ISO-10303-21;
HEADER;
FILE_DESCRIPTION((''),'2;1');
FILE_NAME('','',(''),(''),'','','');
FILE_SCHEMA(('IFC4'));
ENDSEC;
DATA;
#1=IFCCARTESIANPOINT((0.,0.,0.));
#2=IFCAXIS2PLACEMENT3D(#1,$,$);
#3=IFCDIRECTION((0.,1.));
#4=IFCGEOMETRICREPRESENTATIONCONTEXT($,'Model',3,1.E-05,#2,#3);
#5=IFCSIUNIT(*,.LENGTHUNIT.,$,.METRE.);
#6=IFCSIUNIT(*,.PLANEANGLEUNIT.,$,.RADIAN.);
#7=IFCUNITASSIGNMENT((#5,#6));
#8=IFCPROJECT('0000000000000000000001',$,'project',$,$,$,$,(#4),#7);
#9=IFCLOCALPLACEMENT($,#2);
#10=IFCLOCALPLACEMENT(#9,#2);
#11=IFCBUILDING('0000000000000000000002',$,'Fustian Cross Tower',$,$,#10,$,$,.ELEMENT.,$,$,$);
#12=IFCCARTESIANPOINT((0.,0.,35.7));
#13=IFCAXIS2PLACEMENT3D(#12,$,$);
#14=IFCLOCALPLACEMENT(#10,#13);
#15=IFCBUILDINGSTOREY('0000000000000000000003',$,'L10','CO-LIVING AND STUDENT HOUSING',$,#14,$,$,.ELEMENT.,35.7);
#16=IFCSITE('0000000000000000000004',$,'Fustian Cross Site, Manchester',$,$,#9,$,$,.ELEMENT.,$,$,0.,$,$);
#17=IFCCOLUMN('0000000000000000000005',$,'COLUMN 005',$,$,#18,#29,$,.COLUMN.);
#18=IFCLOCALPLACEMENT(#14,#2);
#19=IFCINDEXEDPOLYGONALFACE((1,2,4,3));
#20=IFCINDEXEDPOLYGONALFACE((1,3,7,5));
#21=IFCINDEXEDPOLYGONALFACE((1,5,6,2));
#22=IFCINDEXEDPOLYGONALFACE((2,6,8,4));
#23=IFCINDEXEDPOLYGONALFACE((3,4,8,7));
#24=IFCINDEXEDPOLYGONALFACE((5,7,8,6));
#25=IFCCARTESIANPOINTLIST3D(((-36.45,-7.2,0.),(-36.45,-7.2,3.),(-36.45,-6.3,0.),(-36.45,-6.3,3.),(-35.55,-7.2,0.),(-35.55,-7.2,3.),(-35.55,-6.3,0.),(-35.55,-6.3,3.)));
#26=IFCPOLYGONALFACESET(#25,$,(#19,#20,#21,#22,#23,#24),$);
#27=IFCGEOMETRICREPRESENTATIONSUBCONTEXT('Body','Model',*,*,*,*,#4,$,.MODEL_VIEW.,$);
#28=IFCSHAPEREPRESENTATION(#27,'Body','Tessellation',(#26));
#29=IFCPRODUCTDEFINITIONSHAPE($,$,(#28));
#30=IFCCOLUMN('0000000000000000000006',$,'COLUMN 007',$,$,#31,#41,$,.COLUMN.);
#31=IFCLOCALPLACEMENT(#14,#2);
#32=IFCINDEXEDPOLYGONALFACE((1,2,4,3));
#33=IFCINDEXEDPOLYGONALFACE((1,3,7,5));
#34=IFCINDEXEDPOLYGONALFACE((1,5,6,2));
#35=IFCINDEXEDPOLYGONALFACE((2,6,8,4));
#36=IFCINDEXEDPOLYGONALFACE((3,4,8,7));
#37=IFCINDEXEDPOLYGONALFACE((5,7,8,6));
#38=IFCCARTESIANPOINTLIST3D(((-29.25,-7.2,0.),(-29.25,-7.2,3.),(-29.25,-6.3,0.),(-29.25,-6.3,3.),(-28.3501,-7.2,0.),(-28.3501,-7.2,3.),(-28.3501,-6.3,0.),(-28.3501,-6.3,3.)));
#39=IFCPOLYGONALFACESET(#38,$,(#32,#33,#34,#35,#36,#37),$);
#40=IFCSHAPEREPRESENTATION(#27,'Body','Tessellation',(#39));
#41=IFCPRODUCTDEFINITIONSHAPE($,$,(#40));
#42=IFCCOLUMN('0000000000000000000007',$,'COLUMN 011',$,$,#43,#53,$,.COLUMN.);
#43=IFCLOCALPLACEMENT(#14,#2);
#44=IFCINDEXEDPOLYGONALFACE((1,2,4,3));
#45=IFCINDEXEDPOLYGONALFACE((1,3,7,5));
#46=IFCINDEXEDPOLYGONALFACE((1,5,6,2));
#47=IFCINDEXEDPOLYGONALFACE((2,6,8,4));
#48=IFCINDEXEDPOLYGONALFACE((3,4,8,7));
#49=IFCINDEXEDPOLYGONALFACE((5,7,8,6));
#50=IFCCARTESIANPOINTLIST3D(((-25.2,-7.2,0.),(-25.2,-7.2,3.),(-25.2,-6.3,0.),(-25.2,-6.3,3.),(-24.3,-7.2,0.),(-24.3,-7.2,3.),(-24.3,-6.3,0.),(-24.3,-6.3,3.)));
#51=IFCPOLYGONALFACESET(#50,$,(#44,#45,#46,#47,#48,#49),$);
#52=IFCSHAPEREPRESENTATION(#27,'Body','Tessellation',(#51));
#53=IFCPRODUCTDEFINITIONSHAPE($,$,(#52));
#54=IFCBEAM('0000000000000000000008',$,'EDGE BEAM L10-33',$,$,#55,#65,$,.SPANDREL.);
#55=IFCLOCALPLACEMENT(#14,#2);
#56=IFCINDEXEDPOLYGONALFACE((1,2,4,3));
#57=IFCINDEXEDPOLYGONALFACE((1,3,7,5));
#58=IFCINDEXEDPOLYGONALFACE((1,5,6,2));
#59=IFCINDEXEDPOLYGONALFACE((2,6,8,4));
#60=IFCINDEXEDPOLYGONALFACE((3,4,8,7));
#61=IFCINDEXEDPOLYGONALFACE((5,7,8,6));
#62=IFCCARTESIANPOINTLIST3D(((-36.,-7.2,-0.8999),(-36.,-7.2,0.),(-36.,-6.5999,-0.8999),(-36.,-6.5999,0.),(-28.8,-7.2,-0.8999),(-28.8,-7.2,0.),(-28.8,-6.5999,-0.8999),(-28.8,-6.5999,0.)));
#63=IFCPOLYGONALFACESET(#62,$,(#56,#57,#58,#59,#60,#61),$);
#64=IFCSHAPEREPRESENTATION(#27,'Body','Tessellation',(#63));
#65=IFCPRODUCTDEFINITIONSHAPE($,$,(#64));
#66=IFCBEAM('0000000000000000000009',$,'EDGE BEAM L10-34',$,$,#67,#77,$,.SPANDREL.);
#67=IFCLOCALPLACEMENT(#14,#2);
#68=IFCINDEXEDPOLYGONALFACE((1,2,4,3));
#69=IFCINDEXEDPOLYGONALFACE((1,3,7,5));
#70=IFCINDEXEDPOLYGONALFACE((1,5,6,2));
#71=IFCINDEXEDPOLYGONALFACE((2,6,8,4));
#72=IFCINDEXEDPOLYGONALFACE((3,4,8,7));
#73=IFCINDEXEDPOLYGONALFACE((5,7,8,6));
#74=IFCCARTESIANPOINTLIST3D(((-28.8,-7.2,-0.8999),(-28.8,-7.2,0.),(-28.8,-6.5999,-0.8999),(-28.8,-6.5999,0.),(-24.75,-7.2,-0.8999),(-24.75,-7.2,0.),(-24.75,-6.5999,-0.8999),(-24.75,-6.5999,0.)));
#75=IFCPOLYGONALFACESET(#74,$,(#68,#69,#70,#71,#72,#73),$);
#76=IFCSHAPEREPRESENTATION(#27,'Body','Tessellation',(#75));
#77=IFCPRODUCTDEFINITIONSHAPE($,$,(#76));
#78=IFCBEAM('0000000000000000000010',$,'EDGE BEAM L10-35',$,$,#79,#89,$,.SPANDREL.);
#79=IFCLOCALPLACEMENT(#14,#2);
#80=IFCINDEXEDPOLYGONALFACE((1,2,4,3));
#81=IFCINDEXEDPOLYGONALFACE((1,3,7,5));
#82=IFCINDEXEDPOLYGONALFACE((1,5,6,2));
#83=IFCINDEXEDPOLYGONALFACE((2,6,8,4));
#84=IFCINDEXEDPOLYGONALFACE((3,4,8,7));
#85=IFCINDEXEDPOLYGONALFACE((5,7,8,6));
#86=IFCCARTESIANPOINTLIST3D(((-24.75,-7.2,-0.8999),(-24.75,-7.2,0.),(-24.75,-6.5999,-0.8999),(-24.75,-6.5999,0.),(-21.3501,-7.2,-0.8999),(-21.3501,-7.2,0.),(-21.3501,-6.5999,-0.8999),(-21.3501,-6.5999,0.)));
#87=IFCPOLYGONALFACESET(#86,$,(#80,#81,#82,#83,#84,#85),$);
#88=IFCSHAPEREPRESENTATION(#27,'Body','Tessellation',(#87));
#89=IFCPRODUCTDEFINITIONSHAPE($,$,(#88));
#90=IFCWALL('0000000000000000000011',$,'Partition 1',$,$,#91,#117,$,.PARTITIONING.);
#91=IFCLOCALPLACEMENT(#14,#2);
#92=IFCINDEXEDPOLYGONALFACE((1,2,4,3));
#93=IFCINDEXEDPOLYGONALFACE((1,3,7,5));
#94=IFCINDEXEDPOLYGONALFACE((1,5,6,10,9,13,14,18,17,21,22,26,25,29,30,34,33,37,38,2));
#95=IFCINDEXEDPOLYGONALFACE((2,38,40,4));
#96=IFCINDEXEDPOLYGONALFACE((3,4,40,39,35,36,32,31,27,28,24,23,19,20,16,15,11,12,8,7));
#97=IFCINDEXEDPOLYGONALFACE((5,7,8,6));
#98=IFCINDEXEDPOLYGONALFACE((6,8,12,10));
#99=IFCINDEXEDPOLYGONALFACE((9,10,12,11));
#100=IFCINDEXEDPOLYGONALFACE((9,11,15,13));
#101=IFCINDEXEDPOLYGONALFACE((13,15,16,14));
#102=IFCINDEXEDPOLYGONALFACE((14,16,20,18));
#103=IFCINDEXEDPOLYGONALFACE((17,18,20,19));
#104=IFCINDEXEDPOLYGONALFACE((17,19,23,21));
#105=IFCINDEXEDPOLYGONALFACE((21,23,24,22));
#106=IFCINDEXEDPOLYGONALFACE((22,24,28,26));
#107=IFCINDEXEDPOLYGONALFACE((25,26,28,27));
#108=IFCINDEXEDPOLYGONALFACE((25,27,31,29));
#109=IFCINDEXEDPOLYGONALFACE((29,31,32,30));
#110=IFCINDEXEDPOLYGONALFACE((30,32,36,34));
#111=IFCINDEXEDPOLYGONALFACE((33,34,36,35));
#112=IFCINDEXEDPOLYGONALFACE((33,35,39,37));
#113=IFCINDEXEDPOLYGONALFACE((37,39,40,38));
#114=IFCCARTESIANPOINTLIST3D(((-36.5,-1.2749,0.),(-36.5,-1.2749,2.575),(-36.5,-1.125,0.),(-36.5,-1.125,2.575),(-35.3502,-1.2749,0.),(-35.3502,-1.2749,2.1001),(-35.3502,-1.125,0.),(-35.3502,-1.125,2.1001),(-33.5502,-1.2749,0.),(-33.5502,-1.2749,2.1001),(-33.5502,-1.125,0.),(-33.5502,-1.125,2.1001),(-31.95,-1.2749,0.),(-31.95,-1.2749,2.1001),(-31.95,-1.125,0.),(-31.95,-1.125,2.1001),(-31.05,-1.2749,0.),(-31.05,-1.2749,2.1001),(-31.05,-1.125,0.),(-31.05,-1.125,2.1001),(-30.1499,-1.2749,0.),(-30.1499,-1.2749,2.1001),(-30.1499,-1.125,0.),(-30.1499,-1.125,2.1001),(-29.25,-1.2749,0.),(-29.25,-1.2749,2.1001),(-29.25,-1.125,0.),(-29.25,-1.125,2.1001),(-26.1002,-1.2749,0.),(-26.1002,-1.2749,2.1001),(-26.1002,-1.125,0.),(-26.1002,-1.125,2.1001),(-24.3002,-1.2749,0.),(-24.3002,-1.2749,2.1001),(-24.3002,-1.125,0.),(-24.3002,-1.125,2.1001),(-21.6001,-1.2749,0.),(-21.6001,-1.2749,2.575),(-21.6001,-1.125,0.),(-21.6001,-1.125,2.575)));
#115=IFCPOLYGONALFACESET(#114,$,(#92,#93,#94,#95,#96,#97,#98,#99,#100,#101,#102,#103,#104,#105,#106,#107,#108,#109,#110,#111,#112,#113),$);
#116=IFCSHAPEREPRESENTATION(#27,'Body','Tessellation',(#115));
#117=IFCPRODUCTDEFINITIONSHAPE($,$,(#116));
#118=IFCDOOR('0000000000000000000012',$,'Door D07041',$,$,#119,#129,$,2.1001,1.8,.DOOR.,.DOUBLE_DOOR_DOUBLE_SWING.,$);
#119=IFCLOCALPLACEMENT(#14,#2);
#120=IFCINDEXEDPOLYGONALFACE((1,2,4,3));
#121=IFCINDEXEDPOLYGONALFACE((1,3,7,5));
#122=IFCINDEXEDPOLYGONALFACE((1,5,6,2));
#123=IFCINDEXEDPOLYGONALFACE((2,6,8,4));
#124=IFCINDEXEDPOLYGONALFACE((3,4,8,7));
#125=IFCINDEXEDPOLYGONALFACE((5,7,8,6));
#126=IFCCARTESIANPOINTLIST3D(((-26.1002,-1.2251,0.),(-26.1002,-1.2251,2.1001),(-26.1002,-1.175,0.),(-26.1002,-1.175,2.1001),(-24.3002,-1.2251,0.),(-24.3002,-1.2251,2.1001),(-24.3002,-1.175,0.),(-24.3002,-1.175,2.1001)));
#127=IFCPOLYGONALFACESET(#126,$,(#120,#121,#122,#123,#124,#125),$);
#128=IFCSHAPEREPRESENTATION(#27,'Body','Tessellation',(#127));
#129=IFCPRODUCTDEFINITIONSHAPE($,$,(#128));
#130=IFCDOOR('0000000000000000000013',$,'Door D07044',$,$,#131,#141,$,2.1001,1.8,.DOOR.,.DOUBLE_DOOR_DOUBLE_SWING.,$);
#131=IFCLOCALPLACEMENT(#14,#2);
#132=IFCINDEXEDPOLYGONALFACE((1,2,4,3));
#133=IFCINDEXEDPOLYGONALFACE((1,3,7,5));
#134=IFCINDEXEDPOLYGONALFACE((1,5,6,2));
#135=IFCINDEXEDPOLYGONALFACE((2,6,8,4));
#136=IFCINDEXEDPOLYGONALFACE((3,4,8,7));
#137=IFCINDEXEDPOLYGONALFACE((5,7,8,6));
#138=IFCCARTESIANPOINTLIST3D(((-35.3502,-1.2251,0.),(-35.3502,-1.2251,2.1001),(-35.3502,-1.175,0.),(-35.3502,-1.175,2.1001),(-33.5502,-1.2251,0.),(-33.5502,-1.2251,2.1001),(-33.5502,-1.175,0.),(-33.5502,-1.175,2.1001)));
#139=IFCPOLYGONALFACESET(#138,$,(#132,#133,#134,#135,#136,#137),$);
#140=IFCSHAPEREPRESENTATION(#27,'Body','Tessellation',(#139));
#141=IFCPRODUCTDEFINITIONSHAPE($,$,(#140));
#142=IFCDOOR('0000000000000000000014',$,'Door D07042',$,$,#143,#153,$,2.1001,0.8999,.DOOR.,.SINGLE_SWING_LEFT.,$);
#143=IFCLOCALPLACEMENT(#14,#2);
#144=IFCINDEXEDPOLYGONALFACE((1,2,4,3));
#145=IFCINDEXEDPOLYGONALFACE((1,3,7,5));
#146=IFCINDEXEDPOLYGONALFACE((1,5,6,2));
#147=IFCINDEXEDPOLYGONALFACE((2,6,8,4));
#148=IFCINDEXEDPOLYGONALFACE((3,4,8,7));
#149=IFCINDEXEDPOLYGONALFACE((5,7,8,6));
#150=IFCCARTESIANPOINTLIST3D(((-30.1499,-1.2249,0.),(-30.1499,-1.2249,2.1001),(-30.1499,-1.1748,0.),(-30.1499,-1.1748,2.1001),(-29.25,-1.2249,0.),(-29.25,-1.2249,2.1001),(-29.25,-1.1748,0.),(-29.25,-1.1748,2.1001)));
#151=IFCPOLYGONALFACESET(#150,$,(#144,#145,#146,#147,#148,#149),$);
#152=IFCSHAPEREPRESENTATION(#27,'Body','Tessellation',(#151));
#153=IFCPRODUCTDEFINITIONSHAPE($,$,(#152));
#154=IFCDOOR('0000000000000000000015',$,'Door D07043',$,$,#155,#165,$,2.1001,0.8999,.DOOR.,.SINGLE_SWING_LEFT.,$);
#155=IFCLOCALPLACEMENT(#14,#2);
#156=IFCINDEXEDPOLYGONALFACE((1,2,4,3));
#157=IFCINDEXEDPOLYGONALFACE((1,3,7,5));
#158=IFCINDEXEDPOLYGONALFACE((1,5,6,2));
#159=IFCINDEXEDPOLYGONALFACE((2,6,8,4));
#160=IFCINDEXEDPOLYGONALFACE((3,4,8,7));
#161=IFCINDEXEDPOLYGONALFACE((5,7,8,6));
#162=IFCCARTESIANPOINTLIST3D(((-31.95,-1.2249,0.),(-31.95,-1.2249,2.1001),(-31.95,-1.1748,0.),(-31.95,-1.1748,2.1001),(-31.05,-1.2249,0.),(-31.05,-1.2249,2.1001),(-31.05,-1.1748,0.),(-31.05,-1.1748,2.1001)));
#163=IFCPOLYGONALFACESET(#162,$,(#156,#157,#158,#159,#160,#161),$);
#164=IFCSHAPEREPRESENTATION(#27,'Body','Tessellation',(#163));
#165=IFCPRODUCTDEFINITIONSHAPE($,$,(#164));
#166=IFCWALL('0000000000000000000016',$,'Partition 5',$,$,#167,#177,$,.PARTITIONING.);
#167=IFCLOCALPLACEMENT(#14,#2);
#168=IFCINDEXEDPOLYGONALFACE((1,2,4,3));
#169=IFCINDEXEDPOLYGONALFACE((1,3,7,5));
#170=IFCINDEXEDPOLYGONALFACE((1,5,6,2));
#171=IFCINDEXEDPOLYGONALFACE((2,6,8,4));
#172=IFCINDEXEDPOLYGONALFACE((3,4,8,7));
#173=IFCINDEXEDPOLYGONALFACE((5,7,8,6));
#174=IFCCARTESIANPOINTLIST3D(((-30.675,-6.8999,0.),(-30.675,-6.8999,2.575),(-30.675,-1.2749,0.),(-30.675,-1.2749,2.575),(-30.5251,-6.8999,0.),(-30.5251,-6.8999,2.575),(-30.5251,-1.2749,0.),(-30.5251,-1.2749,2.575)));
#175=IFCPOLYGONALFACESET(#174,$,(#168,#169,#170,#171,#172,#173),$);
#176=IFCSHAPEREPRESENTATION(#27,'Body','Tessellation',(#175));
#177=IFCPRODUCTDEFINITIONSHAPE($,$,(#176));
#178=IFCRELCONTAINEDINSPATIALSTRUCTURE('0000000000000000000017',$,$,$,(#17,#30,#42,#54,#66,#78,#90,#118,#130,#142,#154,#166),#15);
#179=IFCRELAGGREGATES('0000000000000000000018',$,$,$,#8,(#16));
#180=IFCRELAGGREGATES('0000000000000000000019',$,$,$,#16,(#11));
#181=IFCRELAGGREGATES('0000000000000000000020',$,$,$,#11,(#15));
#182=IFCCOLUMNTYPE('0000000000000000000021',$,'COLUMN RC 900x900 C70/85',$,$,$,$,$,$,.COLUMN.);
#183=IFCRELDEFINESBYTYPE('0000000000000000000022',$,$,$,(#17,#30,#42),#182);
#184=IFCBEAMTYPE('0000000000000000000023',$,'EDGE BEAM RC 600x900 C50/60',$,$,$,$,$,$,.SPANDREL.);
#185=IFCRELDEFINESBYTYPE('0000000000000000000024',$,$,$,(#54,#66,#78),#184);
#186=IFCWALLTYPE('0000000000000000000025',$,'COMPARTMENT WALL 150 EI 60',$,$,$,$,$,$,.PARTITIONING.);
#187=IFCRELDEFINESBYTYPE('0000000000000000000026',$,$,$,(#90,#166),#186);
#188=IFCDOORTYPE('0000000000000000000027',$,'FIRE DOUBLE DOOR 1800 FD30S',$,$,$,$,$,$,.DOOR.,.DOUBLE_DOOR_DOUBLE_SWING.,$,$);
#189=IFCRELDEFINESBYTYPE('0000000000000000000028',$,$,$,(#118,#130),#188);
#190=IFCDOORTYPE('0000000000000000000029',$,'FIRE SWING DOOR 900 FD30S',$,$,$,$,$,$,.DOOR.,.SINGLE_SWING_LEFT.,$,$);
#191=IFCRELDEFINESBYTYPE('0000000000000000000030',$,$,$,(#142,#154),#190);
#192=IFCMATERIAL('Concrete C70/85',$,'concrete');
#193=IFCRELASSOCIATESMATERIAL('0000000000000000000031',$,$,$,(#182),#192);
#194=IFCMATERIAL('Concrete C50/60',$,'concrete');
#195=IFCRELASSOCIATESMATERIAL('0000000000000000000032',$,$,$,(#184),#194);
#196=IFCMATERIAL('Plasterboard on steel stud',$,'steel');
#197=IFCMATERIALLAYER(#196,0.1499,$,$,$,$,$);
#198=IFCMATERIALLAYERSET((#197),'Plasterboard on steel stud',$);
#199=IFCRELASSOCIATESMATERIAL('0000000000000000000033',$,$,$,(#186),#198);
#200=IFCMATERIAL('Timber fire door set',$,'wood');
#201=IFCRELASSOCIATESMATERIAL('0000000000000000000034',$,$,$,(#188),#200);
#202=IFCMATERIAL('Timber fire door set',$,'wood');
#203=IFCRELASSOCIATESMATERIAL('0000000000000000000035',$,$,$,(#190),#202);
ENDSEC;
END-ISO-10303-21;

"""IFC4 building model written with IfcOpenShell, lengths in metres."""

from ifc_helpers import new_model, si_unit, direction, frame, frame_2d, origin, origin_2d, place, context, subcontext, project, spatial, rectangle, extrude, material, layer, layer_set, material_profile, profile_set, type_object, element, fill, save


model = new_model("IFC4")

# Units and contexts
model_context = context("Model", 3, precision=1e-05, world=origin(), true_north=direction((0.0, 1.0)))
body_context = subcontext(model_context, "Body", "Model", "MODEL_VIEW")
ifc_project = project(units=[si_unit("LENGTHUNIT", "METRE"), si_unit("PLANEANGLEUNIT", "RADIAN")], contexts=[model_context])

# Site, building, storey
site_placement = place(None, origin())
site = spatial("IfcSite", under=ifc_project, at=site_placement, Name="Fustian Cross Site, Manchester", CompositionType="ELEMENT", RefElevation=0.0)
building_placement = place(site_placement, origin())
building = spatial("IfcBuilding", under=site, at=building_placement, Name="Fustian Cross Tower", CompositionType="ELEMENT")
storey_placement = place(building_placement, frame((0.0, 0.0, 35.7)))
storey = spatial("IfcBuildingStorey", under=building, at=storey_placement, Name="L10", Description="CO-LIVING AND STUDENT HOUSING", CompositionType="ELEMENT", Elevation=35.7)

# Columns
ifc_material_1 = material(Name="Concrete C70/85", Category="concrete")
ifc_material_profile_1 = material_profile(ifc_material_1, rectangle(XDim=0.8999, YDim=0.8999, at=origin_2d()), Name="RC 900x900")
ifc_profile_set_1 = profile_set([ifc_material_profile_1], Name="Concrete C70/85")
column_type = type_object("IfcColumnType", Name="COLUMN RC 900x900 C70/85", PredefinedType="COLUMN", material=ifc_profile_set_1)
for number, where, z_axis, x_axis, name in (
    (1, (-36.0, -6.75, 0.0), (0.0, 0.0, 1.0), (1.0, 0.0, 0.0), "COLUMN 005"),
    (2, (-28.8, -6.75, 0.0), (0.0, 0.0, 1.0), (1.0, 0.0, 0.0), "COLUMN 007"),
    (3, (-24.75, -6.75, 0.0), (0.0, 0.0, 1.0), (1.0, 0.0, 0.0), "COLUMN 011"),
):
    element("IfcColumn", number, at=place(storey_placement, frame(where, z_axis=z_axis, x_axis=x_axis)), inside=storey, type_object=column_type, Name=name, PredefinedType="COLUMN", context=body_context, shape_type="SweptSolid", body=[
        extrude(rectangle(XDim=0.8999, YDim=0.8999, at=origin_2d()), origin(), (0.0, 0.0, 1.0), 3.0),
    ])

# Beams
ifc_material_2 = material(Name="Concrete C50/60", Category="concrete")
ifc_material_profile_2 = material_profile(ifc_material_2, rectangle(XDim=0.6001, YDim=0.8999, at=origin_2d()), Name="RC 600x900")
ifc_profile_set_2 = profile_set([ifc_material_profile_2], Name="Concrete C50/60")
beam_type = type_object("IfcBeamType", Name="EDGE BEAM RC 600x900 C50/60", PredefinedType="SPANDREL", material=ifc_profile_set_2)
beam_1_placement = place(storey_placement, frame((-36.0, -6.8999, -0.45), z_axis=(1.0, 0.0, 0.0), x_axis=(0.0, 1.0, 0.0)))
element("IfcBeam", 4, at=beam_1_placement, inside=storey, type_object=beam_type, Name="EDGE BEAM L10-33", PredefinedType="SPANDREL", context=body_context, shape_type="SweptSolid", body=[
    extrude(rectangle(XDim=0.6001, YDim=0.8999, at=origin_2d()), origin(), (0.0, 0.0, 1.0), 7.2),
])
beam_2_placement = place(storey_placement, frame((-28.8, -6.8999, -0.45), z_axis=(1.0, 0.0, 0.0), x_axis=(0.0, 1.0, 0.0)))
element("IfcBeam", 5, at=beam_2_placement, inside=storey, type_object=beam_type, Name="EDGE BEAM L10-34", PredefinedType="SPANDREL", context=body_context, shape_type="SweptSolid", body=[
    extrude(rectangle(XDim=0.6001, YDim=0.8999, at=origin_2d()), origin(), (0.0, 0.0, 1.0), 4.05),
])
beam_3_placement = place(storey_placement, frame((-24.75, -6.8999, -0.45), z_axis=(1.0, 0.0, 0.0), x_axis=(0.0, 1.0, 0.0)))
element("IfcBeam", 6, at=beam_3_placement, inside=storey, type_object=beam_type, Name="EDGE BEAM L10-35", PredefinedType="SPANDREL", context=body_context, shape_type="SweptSolid", body=[
    extrude(rectangle(XDim=0.6001, YDim=0.8999, at=origin_2d()), origin(), (0.0, 0.0, 1.0), 3.3999),
])

# Wall, openings, doors
ifc_material_3 = material(Name="Plasterboard on steel stud", Category="steel")
ifc_layer_1 = layer(ifc_material_3, 0.1499)
ifc_layer_set_1 = layer_set([ifc_layer_1], Name="Plasterboard on steel stud")
wall_type_1 = type_object("IfcWallType", Name="COMPARTMENT WALL 150 EI 60", PredefinedType="PARTITIONING", material=ifc_layer_set_1)
wall_1_placement = place(storey_placement, frame((-36.5, -1.2, 0.0), z_axis=(0.0, 0.0, 1.0), x_axis=(1.0, 0.0, 0.0)))
wall_1 = element("IfcWall", 7, at=wall_1_placement, inside=storey, type_object=wall_type_1, Name="Partition 1", PredefinedType="PARTITIONING", context=body_context, shape_type="SweptSolid", body=[
    extrude(rectangle(XDim=14.8999, YDim=0.1499, at=frame_2d((7.45, 0.0))), origin(), (0.0, 0.0, 1.0), 2.575),
])
opening_1_placement = place(wall_1_placement, frame((10.3999, 0.0, 0.0)))
opening_1 = element("IfcOpeningElement", 8, at=opening_1_placement, cuts=wall_1, PredefinedType="OPENING", context=body_context, shape_type="SweptSolid", body=[
    extrude(rectangle(XDim=1.8, YDim=2.1001, at=frame_2d((0.8999, 1.05))), frame((0.0, 0.085, 0.0), z_axis=(0.0, -1.0, 0.0), x_axis=(1.0, 0.0, 0.0)), (0.0, 0.0, 1.0), 0.1699),
])
opening_2_placement = place(wall_1_placement, frame((6.3501, 0.0, 0.0)))
opening_2 = element("IfcOpeningElement", 9, at=opening_2_placement, cuts=wall_1, PredefinedType="OPENING", context=body_context, shape_type="SweptSolid", body=[
    extrude(rectangle(XDim=0.8999, YDim=2.1001, at=frame_2d((0.45, 1.05))), frame((0.0, 0.085, 0.0), z_axis=(0.0, -1.0, 0.0), x_axis=(1.0, 0.0, 0.0)), (0.0, 0.0, 1.0), 0.1699),
])
opening_3_placement = place(wall_1_placement, frame((4.55, 0.0, 0.0)))
opening_3 = element("IfcOpeningElement", 10, at=opening_3_placement, cuts=wall_1, PredefinedType="OPENING", context=body_context, shape_type="SweptSolid", body=[
    extrude(rectangle(XDim=0.8999, YDim=2.1001, at=frame_2d((0.45, 1.05))), frame((0.0, 0.085, 0.0), z_axis=(0.0, -1.0, 0.0), x_axis=(1.0, 0.0, 0.0)), (0.0, 0.0, 1.0), 0.1699),
])
opening_4_placement = place(wall_1_placement, frame((1.1499, 0.0, 0.0)))
opening_4 = element("IfcOpeningElement", 11, at=opening_4_placement, cuts=wall_1, PredefinedType="OPENING", context=body_context, shape_type="SweptSolid", body=[
    extrude(rectangle(XDim=1.8, YDim=2.1001, at=frame_2d((0.8999, 1.05))), frame((0.0, 0.085, 0.0), z_axis=(0.0, -1.0, 0.0), x_axis=(1.0, 0.0, 0.0)), (0.0, 0.0, 1.0), 0.1699),
])
ifc_material_4 = material(Name="Timber fire door set", Category="wood")
door_type_1 = type_object("IfcDoorType", Name="FIRE DOUBLE DOOR 1800 FD30S", OperationType="DOUBLE_DOOR_DOUBLE_SWING", PredefinedType="DOOR", material=ifc_material_4)
door_1_placement = place(opening_1_placement, origin())
door_1 = element("IfcDoor", 12, at=door_1_placement, inside=storey, type_object=door_type_1, Name="Door D07041", OperationType="DOUBLE_DOOR_DOUBLE_SWING", OverallHeight=2.1001, OverallWidth=1.8, PredefinedType="DOOR", context=body_context, shape_type="SweptSolid", body=[
    extrude(rectangle(XDim=1.8, YDim=2.1001, at=frame_2d((0.8999, 1.05))), frame((0.0, 0.0249, 0.0), z_axis=(0.0, -1.0, 0.0), x_axis=(1.0, 0.0, 0.0)), (0.0, 0.0, 1.0), 0.05),
])
fill(opening_1, door_1)
door_2_placement = place(opening_4_placement, origin())
door_2 = element("IfcDoor", 13, at=door_2_placement, inside=storey, type_object=door_type_1, Name="Door D07044", OperationType="DOUBLE_DOOR_DOUBLE_SWING", OverallHeight=2.1001, OverallWidth=1.8, PredefinedType="DOOR", context=body_context, shape_type="SweptSolid", body=[
    extrude(rectangle(XDim=1.8, YDim=2.1001, at=frame_2d((0.8999, 1.05))), frame((0.0, 0.0249, 0.0), z_axis=(0.0, -1.0, 0.0), x_axis=(1.0, 0.0, 0.0)), (0.0, 0.0, 1.0), 0.05),
])
fill(opening_4, door_2)
ifc_material_5 = material(Name="Timber fire door set", Category="wood")
door_type_2 = type_object("IfcDoorType", Name="FIRE SWING DOOR 900 FD30S", OperationType="SINGLE_SWING_LEFT", PredefinedType="DOOR", material=ifc_material_5)
door_3_placement = place(opening_2_placement, frame((0.8999, 0.0, 0.0), z_axis=(0.0, 0.0, 1.0), x_axis=(-1.0, 0.0, 0.0)))
door_3 = element("IfcDoor", 14, at=door_3_placement, inside=storey, type_object=door_type_2, Name="Door D07042", OperationType="SINGLE_SWING_LEFT", OverallHeight=2.1001, OverallWidth=0.8999, PredefinedType="DOOR", context=body_context, shape_type="SweptSolid", body=[
    extrude(rectangle(XDim=0.8999, YDim=2.1001, at=frame_2d((0.45, 1.05))), frame((0.0, 0.0249, 0.0), z_axis=(0.0, -1.0, 0.0), x_axis=(1.0, 0.0, 0.0)), (0.0, 0.0, 1.0), 0.05),
])
fill(opening_2, door_3)
door_4_placement = place(opening_3_placement, frame((0.8999, 0.0, 0.0), z_axis=(0.0, 0.0, 1.0), x_axis=(-1.0, 0.0, 0.0)))
door_4 = element("IfcDoor", 15, at=door_4_placement, inside=storey, type_object=door_type_2, Name="Door D07043", OperationType="SINGLE_SWING_LEFT", OverallHeight=2.1001, OverallWidth=0.8999, PredefinedType="DOOR", context=body_context, shape_type="SweptSolid", body=[
    extrude(rectangle(XDim=0.8999, YDim=2.1001, at=frame_2d((0.45, 1.05))), frame((0.0, 0.0249, 0.0), z_axis=(0.0, -1.0, 0.0), x_axis=(1.0, 0.0, 0.0)), (0.0, 0.0, 1.0), 0.05),
])
fill(opening_3, door_4)

# Wall
for number, where, z_axis, x_axis, name in (
    (16, (-30.6001, -6.8999, 0.0), (0.0, 0.0, 1.0), (0.0, 1.0, 0.0), "Partition 5"),
):
    element("IfcWall", number, at=place(storey_placement, frame(where, z_axis=z_axis, x_axis=x_axis)), inside=storey, type_object=wall_type_1, Name=name, PredefinedType="PARTITIONING", context=body_context, shape_type="SweptSolid", body=[
        extrude(rectangle(XDim=5.625, YDim=0.1499, at=frame_2d((2.8125, 0.0))), origin(), (0.0, 0.0, 1.0), 2.575),
    ])

save(model, "model.ifc")
